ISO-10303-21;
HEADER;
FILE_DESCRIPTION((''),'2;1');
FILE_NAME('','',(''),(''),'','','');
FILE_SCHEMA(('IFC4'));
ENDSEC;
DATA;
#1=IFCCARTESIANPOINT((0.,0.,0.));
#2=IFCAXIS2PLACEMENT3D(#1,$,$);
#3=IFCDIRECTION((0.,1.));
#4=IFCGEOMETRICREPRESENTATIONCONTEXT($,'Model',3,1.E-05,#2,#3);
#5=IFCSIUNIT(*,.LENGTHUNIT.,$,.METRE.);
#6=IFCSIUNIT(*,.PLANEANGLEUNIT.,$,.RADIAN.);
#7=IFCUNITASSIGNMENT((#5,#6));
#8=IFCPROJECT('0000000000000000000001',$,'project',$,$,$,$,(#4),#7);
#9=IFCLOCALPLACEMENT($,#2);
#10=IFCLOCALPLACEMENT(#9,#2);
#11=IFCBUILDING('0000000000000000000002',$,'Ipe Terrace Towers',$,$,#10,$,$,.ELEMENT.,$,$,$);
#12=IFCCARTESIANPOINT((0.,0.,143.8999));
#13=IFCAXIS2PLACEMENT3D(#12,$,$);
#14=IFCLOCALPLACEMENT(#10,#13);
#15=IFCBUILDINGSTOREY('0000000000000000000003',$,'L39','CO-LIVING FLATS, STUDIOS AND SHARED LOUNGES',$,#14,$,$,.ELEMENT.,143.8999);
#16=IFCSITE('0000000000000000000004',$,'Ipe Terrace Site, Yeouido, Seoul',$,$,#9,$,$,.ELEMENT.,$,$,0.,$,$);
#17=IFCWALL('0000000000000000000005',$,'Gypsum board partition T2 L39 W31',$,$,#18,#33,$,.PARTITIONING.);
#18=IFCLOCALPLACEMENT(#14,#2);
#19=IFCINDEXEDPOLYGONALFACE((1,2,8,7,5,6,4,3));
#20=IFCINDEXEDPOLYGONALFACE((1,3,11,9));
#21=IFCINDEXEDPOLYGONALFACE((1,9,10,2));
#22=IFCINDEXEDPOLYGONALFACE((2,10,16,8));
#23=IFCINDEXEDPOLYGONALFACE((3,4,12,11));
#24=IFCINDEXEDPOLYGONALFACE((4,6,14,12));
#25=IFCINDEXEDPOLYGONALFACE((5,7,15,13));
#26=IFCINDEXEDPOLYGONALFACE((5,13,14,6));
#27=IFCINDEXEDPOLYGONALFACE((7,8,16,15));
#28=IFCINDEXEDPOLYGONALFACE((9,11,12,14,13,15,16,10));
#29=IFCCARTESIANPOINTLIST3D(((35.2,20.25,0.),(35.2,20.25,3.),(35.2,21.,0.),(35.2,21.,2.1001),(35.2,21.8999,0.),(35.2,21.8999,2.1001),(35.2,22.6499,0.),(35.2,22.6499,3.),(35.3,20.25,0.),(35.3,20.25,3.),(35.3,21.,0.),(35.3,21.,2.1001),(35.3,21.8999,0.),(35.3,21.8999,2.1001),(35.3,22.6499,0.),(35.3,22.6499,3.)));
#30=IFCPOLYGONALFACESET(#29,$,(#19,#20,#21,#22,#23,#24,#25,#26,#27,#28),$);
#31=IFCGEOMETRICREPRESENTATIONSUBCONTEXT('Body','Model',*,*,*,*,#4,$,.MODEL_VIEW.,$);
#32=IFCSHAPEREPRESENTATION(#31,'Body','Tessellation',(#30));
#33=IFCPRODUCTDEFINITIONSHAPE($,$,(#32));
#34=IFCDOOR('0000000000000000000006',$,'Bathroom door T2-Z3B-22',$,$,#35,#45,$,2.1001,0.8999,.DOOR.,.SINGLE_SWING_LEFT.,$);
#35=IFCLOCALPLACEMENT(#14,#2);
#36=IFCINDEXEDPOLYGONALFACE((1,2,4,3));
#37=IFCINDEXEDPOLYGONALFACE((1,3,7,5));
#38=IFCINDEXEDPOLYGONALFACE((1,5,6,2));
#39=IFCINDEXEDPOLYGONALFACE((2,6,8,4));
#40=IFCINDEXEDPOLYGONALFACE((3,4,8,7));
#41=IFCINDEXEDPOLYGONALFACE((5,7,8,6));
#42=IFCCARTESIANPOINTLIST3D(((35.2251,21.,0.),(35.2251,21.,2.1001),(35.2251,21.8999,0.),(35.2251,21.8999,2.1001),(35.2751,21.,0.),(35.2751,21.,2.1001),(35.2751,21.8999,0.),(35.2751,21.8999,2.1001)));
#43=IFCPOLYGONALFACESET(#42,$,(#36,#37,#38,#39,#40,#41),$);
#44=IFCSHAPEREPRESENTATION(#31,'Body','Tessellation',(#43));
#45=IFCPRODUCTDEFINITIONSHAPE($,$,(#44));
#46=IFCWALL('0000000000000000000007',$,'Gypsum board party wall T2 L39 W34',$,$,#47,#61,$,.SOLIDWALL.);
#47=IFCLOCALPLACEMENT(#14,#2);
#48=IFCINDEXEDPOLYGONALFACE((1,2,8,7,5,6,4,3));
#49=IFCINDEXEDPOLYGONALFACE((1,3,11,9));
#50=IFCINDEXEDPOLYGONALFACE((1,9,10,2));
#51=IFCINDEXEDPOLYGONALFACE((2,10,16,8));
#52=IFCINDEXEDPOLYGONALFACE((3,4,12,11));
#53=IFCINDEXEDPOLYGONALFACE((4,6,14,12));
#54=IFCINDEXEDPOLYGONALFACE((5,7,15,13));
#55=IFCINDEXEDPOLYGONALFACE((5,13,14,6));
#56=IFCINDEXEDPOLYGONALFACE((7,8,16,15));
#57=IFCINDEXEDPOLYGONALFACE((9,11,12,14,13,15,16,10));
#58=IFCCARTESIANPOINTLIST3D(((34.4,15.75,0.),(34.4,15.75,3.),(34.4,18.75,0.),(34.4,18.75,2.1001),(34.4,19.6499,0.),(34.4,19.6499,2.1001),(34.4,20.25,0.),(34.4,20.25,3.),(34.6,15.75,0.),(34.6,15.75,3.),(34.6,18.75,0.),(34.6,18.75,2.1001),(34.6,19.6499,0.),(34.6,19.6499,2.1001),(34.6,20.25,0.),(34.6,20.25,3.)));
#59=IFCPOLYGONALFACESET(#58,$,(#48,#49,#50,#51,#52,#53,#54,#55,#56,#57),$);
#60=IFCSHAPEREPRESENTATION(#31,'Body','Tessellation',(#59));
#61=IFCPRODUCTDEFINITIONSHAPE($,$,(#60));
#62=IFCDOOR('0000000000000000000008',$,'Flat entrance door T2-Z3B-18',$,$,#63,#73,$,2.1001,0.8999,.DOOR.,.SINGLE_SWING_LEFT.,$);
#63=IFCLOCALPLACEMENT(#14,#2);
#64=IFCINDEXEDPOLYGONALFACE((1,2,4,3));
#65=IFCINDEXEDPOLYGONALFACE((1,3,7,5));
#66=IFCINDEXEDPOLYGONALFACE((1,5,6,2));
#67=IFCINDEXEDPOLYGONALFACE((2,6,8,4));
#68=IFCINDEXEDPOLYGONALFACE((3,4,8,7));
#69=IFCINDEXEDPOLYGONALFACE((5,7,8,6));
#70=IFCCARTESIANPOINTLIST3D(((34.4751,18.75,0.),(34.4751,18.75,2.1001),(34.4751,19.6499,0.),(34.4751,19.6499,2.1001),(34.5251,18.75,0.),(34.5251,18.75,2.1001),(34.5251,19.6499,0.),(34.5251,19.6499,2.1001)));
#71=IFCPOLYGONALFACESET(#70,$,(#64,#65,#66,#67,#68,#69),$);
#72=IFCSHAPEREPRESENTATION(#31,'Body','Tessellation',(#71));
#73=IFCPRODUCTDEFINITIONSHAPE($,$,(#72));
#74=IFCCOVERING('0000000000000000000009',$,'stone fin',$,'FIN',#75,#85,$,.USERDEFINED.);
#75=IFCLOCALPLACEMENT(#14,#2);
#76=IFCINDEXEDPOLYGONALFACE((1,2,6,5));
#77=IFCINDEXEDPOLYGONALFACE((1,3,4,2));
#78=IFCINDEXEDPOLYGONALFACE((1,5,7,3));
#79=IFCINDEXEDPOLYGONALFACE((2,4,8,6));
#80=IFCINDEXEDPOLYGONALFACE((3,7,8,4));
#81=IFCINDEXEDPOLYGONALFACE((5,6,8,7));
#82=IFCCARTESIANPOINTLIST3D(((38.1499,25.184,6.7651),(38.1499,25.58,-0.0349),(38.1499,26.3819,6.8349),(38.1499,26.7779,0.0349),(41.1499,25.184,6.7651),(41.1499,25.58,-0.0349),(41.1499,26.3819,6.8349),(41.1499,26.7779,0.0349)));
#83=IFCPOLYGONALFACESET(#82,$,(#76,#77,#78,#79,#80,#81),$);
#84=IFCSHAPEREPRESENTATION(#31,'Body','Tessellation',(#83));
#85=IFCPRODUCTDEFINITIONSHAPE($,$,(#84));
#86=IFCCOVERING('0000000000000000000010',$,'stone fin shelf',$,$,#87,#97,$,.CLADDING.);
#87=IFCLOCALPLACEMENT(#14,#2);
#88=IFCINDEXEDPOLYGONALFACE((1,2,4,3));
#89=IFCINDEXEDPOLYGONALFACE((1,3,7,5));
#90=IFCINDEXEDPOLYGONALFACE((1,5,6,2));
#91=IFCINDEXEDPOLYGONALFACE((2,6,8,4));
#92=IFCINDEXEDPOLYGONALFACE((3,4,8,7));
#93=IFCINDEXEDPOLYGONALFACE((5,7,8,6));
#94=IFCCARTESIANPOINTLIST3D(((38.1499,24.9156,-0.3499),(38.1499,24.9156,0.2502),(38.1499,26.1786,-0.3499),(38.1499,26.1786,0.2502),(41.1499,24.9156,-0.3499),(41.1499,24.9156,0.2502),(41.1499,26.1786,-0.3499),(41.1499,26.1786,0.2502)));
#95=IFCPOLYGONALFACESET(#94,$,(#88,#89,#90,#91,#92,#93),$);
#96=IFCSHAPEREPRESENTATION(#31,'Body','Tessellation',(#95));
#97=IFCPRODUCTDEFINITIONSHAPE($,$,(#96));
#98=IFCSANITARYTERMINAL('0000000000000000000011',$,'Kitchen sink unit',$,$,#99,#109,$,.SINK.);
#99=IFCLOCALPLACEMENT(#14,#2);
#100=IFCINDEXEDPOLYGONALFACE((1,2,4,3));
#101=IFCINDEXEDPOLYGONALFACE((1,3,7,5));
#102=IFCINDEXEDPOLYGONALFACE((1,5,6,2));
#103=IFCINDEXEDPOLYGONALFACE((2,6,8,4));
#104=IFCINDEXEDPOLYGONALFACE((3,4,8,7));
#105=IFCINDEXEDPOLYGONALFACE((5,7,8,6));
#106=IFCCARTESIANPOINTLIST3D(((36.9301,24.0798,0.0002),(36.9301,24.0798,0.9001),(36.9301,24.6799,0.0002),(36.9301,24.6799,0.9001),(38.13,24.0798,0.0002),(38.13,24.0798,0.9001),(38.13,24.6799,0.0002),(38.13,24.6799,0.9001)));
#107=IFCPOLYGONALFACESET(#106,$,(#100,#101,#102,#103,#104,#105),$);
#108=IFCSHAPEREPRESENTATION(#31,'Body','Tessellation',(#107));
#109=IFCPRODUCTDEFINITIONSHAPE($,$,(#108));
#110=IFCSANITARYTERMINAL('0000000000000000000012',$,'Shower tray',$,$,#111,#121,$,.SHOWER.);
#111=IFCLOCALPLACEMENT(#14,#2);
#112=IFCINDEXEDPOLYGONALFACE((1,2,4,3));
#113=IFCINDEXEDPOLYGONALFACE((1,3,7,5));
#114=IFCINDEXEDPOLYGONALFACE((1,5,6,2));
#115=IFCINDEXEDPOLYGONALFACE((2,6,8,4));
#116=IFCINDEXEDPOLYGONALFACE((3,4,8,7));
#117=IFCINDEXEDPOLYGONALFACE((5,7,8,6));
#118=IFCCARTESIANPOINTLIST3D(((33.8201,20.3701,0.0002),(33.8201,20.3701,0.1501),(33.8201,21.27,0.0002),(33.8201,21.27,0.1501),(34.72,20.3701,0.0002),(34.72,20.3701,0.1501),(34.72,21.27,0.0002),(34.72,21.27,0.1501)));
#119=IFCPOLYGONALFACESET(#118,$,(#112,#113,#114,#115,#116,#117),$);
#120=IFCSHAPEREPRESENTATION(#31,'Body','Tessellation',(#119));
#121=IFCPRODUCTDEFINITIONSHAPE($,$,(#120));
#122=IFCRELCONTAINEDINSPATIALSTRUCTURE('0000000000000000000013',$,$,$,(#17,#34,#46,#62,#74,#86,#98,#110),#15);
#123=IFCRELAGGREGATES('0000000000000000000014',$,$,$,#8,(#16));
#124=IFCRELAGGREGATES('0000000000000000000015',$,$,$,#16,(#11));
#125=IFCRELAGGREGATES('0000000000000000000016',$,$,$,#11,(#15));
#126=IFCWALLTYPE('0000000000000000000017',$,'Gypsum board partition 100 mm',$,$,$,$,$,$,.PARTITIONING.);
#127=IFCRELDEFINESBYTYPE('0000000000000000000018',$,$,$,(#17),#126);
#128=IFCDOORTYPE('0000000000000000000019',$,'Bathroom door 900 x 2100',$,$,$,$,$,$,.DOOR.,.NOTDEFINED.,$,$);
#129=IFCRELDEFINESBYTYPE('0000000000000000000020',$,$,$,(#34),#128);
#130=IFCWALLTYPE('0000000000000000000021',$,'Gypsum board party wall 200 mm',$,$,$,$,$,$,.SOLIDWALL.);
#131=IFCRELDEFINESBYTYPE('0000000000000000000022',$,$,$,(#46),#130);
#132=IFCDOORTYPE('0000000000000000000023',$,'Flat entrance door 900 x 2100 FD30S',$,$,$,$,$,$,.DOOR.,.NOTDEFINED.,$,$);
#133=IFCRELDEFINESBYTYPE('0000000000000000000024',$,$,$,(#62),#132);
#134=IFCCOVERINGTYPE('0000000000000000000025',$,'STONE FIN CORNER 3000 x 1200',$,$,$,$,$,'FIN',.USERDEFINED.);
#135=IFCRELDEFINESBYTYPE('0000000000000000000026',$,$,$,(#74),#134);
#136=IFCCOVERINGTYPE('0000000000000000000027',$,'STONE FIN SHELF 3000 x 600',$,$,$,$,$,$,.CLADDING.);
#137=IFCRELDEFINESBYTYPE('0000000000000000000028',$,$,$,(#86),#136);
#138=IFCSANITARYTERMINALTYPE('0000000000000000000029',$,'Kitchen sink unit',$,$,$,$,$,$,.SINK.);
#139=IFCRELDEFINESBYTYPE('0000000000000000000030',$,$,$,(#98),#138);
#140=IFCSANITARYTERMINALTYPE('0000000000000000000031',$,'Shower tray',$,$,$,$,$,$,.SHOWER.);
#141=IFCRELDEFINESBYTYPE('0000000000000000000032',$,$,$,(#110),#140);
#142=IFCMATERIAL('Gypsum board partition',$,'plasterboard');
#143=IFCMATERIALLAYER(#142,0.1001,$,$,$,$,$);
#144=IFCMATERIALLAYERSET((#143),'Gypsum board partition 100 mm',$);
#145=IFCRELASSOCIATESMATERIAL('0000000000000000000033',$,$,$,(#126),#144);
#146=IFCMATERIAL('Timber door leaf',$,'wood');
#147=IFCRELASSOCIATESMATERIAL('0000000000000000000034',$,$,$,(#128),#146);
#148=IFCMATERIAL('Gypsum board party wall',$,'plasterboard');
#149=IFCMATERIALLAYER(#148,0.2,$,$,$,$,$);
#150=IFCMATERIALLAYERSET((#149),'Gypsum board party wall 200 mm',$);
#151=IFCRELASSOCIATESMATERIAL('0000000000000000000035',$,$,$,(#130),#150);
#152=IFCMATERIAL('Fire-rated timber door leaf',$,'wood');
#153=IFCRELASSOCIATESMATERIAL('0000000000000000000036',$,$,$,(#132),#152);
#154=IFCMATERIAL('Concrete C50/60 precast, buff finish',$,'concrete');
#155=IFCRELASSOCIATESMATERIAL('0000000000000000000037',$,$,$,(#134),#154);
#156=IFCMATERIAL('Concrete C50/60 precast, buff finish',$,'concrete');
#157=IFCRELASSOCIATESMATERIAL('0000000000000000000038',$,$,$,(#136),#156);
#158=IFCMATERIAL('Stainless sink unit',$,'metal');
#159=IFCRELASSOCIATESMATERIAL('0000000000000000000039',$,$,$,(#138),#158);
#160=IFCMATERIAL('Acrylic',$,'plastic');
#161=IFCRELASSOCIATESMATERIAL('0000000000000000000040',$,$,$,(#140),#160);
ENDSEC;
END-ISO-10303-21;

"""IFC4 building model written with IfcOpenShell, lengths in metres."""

from ifc_helpers import new_model, si_unit, direction, frame, frame_2d, origin, origin_2d, place, context, subcontext, project, spatial, rectangle, extrude, material, layer, layer_set, material_profile, profile_set, type_object, element, fill, save


model = new_model("IFC4")

# Units and contexts
model_context = context("Model", 3, precision=1e-05, world=origin(), true_north=direction((0.0, 1.0)))
body_context = subcontext(model_context, "Body", "Model", "MODEL_VIEW")
ifc_project = project(units=[si_unit("LENGTHUNIT", "METRE"), si_unit("PLANEANGLEUNIT", "RADIAN")], contexts=[model_context])

# Site, building, storey
site_placement = place(None, origin())
site = spatial("IfcSite", under=ifc_project, at=site_placement, Name="Ipe Terrace Site, Yeouido, Seoul", CompositionType="ELEMENT", RefElevation=0.0)
building_placement = place(site_placement, origin())
building = spatial("IfcBuilding", under=site, at=building_placement, Name="Ipe Terrace Towers", CompositionType="ELEMENT")
storey_placement = place(building_placement, frame((0.0, 0.0, 143.8999)))
storey = spatial("IfcBuildingStorey", under=building, at=storey_placement, Name="L39", Description="CO-LIVING FLATS, STUDIOS AND SHARED LOUNGES", CompositionType="ELEMENT", Elevation=143.8999)

# Shared definitions
ifc_material_1 = material(Name="Gypsum board partition", Category="plasterboard")
ifc_layer_1 = layer(ifc_material_1, 0.1001)
ifc_layer_set_1 = layer_set([ifc_layer_1], Name="Gypsum board partition 100 mm")
wall_type_1 = type_object("IfcWallType", Name="Gypsum board partition 100 mm", PredefinedType="PARTITIONING", material=ifc_layer_set_1)
ifc_material_2 = material(Name="Timber door leaf", Category="wood")
door_type_1 = type_object("IfcDoorType", Name="Bathroom door 900 x 2100", OperationType="NOTDEFINED", PredefinedType="DOOR", material=ifc_material_2)

# Walls, openings, doors
wall_1_placement = place(storey_placement, frame((35.25, 20.25, 0.0), z_axis=(0.0, 0.0, 1.0), x_axis=(0.0, 1.0, 0.0)))
wall_1 = element("IfcWall", 1, at=wall_1_placement, inside=storey, type_object=wall_type_1, Name="Gypsum board partition T2 L39 W31", PredefinedType="PARTITIONING", context=body_context, shape_type="SweptSolid", body=[
    extrude(rectangle(XDim=2.3999, YDim=0.1001, at=frame_2d((1.2, 0.0))), origin(), (0.0, 0.0, 1.0), 3.0),
])
opening_1_placement = place(wall_1_placement, frame((0.75, 0.0, 0.0)))
opening_1 = element("IfcOpeningElement", 2, at=opening_1_placement, cuts=wall_1, PredefinedType="OPENING", context=body_context, shape_type="SweptSolid", body=[
    extrude(rectangle(XDim=0.8999, YDim=2.1001, at=frame_2d((0.45, 1.05))), frame((0.0, 0.0601, 0.0), z_axis=(0.0, -1.0, 0.0), x_axis=(1.0, 0.0, 0.0)), (0.0, 0.0, 1.0), 0.1201),
])
door_1_placement = place(opening_1_placement, origin())
door_1 = element("IfcDoor", 3, at=door_1_placement, inside=storey, type_object=door_type_1, Name="Bathroom door T2-Z3B-22", OperationType="SINGLE_SWING_LEFT", OverallHeight=2.1001, OverallWidth=0.8999, PredefinedType="DOOR", context=body_context, shape_type="SweptSolid", body=[
    extrude(rectangle(XDim=0.8999, YDim=2.1001, at=frame_2d((0.45, 1.05))), frame((0.0, 0.0249, 0.0), z_axis=(0.0, -1.0, 0.0), x_axis=(1.0, 0.0, 0.0)), (0.0, 0.0, 1.0), 0.05),
])
fill(opening_1, door_1)
ifc_material_3 = material(Name="Gypsum board party wall", Category="plasterboard")
ifc_layer_2 = layer(ifc_material_3, 0.2)
ifc_layer_set_2 = layer_set([ifc_layer_2], Name="Gypsum board party wall 200 mm")
wall_type_2 = type_object("IfcWallType", Name="Gypsum board party wall 200 mm", PredefinedType="SOLIDWALL", material=ifc_layer_set_2)
wall_2_placement = place(storey_placement, frame((34.5, 15.75, 0.0), z_axis=(0.0, 0.0, 1.0), x_axis=(0.0, 1.0, 0.0)))
wall_2 = element("IfcWall", 4, at=wall_2_placement, inside=storey, type_object=wall_type_2, Name="Gypsum board party wall T2 L39 W34", PredefinedType="SOLIDWALL", context=body_context, shape_type="SweptSolid", body=[
    extrude(rectangle(XDim=4.5, YDim=0.2, at=frame_2d((2.25, 0.0))), origin(), (0.0, 0.0, 1.0), 3.0),
])
opening_2_placement = place(wall_2_placement, frame((3.0, 0.0, 0.0)))
opening_2 = element("IfcOpeningElement", 5, at=opening_2_placement, cuts=wall_2, PredefinedType="OPENING", context=body_context, shape_type="SweptSolid", body=[
    extrude(rectangle(XDim=0.8999, YDim=2.1001, at=frame_2d((0.45, 1.05))), frame((0.0, 0.1099, 0.0), z_axis=(0.0, -1.0, 0.0), x_axis=(1.0, 0.0, 0.0)), (0.0, 0.0, 1.0), 0.22),
])
ifc_material_4 = material(Name="Fire-rated timber door leaf", Category="wood")
door_type_2 = type_object("IfcDoorType", Name="Flat entrance door 900 x 2100 FD30S", OperationType="NOTDEFINED", PredefinedType="DOOR", material=ifc_material_4)
door_2_placement = place(opening_2_placement, origin())
door_2 = element("IfcDoor", 6, at=door_2_placement, inside=storey, type_object=door_type_2, Name="Flat entrance door T2-Z3B-18", OperationType="SINGLE_SWING_LEFT", OverallHeight=2.1001, OverallWidth=0.8999, PredefinedType="DOOR", context=body_context, shape_type="SweptSolid", body=[
    extrude(rectangle(XDim=0.8999, YDim=2.1001, at=frame_2d((0.45, 1.05))), frame((0.0, 0.0249, 0.0), z_axis=(0.0, -1.0, 0.0), x_axis=(1.0, 0.0, 0.0)), (0.0, 0.0, 1.0), 0.05),
])
fill(opening_2, door_2)

# Coverings
ifc_material_5 = material(Name="Concrete C50/60 precast, buff finish", Category="concrete")
ifc_material_profile_1 = material_profile(ifc_material_5, rectangle(XDim=3.0, YDim=1.2, at=origin_2d()), Name="STONE FIN CORNER 3000 x 1200")
ifc_profile_set_1 = profile_set([ifc_material_profile_1], Name="Concrete C50/60 precast, buff finish")
covering_type_1 = type_object("IfcCoveringType", Name="STONE FIN CORNER 3000 x 1200", ElementType="FIN", PredefinedType="USERDEFINED", material=ifc_profile_set_1)
covering_1_placement = place(storey_placement, frame((39.6499, 26.179, 0.0), z_axis=(0.0, -0.058136, 0.998309), x_axis=(-1.0, 0.0, 0.0)))
element("IfcCovering", 7, at=covering_1_placement, inside=storey, type_object=covering_type_1, Name="stone fin", ObjectType="FIN", PredefinedType="USERDEFINED", context=body_context, shape_type="SweptSolid", body=[
    extrude(rectangle(XDim=3.0, YDim=1.2, at=origin_2d()), origin(), (0.0, 0.0, 1.0), 6.8115),
])
ifc_material_6 = material(Name="Concrete C50/60 precast, buff finish", Category="concrete")
covering_type_2 = type_object("IfcCoveringType", Name="STONE FIN SHELF 3000 x 600", PredefinedType="CLADDING", material=ifc_material_6)
covering_2_placement = place(storey_placement, frame((39.6499, 25.5471, -0.3499), z_axis=(0.0, 0.0, 1.0), x_axis=(-1.0, 0.0, 0.0)))
element("IfcCovering", 8, at=covering_2_placement, inside=storey, type_object=covering_type_2, Name="stone fin shelf", PredefinedType="CLADDING", context=body_context, shape_type="SweptSolid", body=[
    extrude(rectangle(XDim=3.0, YDim=1.2629, at=origin_2d()), origin(), (0.0, 0.0, 1.0), 0.6001),
])

# Sanitary terminals
ifc_material_7 = material(Name="Stainless sink unit", Category="metal")
sanitary_terminal_type_1 = type_object("IfcSanitaryTerminalType", Name="Kitchen sink unit", PredefinedType="SINK", material=ifc_material_7)
sanitary_terminal_1_placement = place(storey_placement, frame((37.53, 24.3799, 0.0002), z_axis=(0.0, 0.0, 1.0), x_axis=(1.0, 0.0, 0.0)))
element("IfcSanitaryTerminal", 9, at=sanitary_terminal_1_placement, inside=storey, type_object=sanitary_terminal_type_1, Name="Kitchen sink unit", PredefinedType="SINK", context=body_context, shape_type="SweptSolid", body=[
    extrude(rectangle(XDim=1.2, YDim=0.6001, at=origin_2d()), origin(), (0.0, 0.0, 1.0), 0.8999),
])
ifc_material_8 = material(Name="Acrylic", Category="plastic")
sanitary_terminal_type_2 = type_object("IfcSanitaryTerminalType", Name="Shower tray", PredefinedType="SHOWER", material=ifc_material_8)
sanitary_terminal_2_placement = place(storey_placement, frame((34.27, 20.8201, 0.0002), z_axis=(0.0, 0.0, 1.0), x_axis=(1.0, 0.0, 0.0)))
element("IfcSanitaryTerminal", 10, at=sanitary_terminal_2_placement, inside=storey, type_object=sanitary_terminal_type_2, Name="Shower tray", PredefinedType="SHOWER", context=body_context, shape_type="SweptSolid", body=[
    extrude(rectangle(XDim=0.8999, YDim=0.8999, at=origin_2d()), origin(), (0.0, 0.0, 1.0), 0.1499),
])

save(model, "model.ifc")
